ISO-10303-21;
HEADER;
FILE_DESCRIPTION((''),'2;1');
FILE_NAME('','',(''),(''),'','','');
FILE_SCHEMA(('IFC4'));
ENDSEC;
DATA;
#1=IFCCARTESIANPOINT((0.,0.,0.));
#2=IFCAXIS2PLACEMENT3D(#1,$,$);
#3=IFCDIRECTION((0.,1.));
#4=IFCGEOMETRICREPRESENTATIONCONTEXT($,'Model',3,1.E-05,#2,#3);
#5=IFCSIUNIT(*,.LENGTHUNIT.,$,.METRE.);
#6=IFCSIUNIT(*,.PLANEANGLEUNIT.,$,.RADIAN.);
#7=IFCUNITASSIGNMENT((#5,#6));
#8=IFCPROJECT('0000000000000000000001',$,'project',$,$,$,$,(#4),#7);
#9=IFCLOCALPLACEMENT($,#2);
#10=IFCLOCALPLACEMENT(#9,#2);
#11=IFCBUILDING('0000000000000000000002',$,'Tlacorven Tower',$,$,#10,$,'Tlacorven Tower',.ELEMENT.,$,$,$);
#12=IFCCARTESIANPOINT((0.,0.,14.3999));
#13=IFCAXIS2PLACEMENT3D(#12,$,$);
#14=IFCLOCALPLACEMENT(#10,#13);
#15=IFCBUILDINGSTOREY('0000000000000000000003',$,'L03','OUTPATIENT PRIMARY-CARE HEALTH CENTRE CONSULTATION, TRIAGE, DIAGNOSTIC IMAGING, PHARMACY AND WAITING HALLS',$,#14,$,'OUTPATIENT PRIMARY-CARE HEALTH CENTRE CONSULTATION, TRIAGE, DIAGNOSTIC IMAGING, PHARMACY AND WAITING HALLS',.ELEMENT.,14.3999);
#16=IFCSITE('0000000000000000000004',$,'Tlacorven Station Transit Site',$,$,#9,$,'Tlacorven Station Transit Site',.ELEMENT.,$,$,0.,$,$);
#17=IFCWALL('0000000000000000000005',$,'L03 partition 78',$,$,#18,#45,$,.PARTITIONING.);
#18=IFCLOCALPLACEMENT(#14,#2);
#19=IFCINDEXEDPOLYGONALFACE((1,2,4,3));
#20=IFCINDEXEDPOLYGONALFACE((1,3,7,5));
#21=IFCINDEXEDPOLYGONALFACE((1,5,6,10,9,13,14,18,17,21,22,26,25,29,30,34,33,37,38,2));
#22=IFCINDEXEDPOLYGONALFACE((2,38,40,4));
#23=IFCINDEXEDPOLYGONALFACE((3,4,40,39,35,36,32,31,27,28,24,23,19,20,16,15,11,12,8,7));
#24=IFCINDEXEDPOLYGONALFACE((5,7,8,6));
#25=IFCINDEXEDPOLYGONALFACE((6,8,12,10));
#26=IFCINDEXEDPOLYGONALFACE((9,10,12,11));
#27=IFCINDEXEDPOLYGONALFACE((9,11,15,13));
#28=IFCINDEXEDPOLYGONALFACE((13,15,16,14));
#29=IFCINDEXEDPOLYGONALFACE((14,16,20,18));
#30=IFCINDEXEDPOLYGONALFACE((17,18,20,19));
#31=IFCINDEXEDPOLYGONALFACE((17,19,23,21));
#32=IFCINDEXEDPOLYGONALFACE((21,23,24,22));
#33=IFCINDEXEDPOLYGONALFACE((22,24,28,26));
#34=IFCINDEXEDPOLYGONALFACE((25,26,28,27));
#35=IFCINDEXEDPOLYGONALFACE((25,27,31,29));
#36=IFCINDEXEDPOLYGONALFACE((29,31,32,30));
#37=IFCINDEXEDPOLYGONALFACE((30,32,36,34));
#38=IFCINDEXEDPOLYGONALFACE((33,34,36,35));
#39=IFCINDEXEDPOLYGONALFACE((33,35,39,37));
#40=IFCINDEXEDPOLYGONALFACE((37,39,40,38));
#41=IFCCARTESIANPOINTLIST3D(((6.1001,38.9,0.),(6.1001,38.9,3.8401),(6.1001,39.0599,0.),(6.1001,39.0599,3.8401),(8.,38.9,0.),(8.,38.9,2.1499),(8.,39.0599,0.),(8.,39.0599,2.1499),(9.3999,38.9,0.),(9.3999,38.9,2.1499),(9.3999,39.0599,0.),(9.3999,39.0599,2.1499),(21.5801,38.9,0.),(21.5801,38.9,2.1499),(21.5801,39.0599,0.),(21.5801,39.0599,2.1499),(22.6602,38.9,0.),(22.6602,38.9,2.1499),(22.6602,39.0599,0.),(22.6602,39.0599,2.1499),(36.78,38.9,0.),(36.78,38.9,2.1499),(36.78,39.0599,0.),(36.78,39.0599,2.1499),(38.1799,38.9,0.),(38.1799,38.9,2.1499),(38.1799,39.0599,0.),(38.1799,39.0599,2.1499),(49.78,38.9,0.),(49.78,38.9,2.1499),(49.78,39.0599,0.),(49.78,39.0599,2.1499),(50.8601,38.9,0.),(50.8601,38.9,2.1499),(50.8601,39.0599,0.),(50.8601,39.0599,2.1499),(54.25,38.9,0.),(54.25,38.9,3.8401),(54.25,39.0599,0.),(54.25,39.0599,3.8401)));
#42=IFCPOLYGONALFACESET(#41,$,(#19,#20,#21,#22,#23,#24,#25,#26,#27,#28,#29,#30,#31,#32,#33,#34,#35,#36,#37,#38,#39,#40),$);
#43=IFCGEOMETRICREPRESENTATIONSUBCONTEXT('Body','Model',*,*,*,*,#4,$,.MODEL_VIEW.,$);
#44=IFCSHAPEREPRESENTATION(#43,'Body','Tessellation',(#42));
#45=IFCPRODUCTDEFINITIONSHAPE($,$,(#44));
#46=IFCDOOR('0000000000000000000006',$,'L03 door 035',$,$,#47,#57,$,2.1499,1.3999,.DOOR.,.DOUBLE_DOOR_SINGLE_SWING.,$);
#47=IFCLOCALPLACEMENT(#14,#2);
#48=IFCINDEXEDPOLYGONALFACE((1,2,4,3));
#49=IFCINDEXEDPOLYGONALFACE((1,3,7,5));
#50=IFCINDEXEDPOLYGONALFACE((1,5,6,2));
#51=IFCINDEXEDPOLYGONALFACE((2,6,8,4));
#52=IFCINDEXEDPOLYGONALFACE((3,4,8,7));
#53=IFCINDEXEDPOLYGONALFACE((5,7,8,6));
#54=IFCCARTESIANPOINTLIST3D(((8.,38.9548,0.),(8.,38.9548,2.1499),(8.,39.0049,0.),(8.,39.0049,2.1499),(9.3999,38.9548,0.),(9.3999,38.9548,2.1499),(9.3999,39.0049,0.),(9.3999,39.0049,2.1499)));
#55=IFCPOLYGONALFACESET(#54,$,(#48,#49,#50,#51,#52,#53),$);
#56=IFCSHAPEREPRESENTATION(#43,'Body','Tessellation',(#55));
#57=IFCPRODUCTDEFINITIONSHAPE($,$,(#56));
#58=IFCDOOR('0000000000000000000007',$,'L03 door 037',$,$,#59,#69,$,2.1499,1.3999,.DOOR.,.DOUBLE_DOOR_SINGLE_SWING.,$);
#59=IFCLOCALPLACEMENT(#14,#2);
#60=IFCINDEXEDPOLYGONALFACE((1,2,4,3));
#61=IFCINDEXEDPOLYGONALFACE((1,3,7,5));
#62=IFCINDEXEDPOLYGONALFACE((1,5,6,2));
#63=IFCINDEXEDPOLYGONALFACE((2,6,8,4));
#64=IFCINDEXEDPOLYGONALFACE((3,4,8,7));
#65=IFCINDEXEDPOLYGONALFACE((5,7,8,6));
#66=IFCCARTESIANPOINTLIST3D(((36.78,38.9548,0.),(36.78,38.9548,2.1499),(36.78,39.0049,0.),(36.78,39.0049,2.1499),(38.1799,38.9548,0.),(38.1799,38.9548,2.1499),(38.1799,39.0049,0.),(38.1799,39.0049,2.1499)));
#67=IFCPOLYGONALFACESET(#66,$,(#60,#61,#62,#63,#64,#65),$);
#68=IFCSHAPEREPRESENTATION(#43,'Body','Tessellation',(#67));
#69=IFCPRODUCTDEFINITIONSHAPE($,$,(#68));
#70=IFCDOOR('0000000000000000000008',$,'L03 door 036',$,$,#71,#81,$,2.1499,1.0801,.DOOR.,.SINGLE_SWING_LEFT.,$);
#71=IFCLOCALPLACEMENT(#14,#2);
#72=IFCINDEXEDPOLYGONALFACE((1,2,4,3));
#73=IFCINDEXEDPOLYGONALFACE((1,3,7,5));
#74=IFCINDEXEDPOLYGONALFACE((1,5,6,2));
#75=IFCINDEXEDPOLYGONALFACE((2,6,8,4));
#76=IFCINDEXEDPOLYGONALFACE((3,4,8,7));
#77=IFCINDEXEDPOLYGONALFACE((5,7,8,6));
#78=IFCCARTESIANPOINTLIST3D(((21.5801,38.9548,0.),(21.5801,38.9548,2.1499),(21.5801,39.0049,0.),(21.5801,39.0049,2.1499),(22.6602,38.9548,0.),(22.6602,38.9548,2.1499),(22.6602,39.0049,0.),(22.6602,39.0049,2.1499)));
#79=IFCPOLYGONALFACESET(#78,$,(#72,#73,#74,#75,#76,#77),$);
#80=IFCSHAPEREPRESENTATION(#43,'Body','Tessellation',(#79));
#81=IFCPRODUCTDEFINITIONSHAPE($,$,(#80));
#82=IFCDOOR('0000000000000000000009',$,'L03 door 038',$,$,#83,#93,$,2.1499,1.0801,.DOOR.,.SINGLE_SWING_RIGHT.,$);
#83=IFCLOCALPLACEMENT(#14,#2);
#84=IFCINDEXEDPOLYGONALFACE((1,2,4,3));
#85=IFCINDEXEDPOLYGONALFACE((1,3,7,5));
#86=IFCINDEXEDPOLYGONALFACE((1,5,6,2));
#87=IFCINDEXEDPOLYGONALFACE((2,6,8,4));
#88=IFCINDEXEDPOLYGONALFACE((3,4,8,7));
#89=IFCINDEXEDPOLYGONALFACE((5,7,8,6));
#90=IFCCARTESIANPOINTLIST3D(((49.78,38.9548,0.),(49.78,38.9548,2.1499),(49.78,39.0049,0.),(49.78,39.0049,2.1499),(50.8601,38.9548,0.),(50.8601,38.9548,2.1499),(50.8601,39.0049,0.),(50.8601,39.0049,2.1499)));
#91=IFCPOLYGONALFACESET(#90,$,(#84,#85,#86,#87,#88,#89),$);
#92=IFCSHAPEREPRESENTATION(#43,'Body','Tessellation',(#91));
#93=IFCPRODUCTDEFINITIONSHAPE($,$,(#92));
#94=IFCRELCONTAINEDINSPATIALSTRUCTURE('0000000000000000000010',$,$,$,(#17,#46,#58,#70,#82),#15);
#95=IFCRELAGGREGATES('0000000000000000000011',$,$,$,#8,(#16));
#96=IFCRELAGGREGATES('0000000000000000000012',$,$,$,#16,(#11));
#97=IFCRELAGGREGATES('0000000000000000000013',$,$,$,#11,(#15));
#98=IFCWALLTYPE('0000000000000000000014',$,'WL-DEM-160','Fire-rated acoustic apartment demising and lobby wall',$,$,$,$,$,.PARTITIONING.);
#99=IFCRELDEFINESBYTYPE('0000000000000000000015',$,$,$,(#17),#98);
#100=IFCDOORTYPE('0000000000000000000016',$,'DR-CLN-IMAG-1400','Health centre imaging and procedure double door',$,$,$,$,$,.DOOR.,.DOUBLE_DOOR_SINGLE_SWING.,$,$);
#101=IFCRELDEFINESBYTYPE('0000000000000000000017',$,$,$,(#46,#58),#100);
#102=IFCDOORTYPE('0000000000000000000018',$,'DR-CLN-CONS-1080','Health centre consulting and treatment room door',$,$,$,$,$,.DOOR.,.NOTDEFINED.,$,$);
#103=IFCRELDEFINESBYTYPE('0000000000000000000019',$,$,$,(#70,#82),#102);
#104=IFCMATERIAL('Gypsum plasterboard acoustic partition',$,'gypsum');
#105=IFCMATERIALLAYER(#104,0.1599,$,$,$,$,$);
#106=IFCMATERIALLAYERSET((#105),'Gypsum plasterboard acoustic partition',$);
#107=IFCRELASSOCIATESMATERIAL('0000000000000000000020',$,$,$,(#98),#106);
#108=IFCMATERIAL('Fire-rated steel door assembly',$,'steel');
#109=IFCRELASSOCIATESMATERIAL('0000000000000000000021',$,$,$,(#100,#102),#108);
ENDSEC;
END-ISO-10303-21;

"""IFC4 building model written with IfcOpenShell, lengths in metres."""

from ifc_helpers import new_model, si_unit, direction, frame, frame_2d, origin, place, context, subcontext, project, spatial, rectangle, extrude, source, transform, mapped, material, layer, layer_set, type_object, element, fill, save


model = new_model("IFC4")

# Units and contexts
model_context = context("Model", 3, precision=1e-05, world=origin(), true_north=direction((0.0, 1.0)))
body_context = subcontext(model_context, "Body", "Model", "MODEL_VIEW")
ifc_project = project(units=[si_unit("LENGTHUNIT", "METRE"), si_unit("PLANEANGLEUNIT", "RADIAN")], contexts=[model_context])

# Site, building, storey
site_placement = place(None, origin())
site = spatial("IfcSite", under=ifc_project, at=site_placement, Name="Tlacorven Station Transit Site", LongName="Tlacorven Station Transit Site", CompositionType="ELEMENT", RefElevation=0.0)
building_placement = place(site_placement, origin())
building = spatial("IfcBuilding", under=site, at=building_placement, Name="Tlacorven Tower", LongName="Tlacorven Tower", CompositionType="ELEMENT")
storey_placement = place(building_placement, frame((0.0, 0.0, 14.3999)))
storey = spatial("IfcBuildingStorey", under=building, at=storey_placement, Name="L03", Description="OUTPATIENT PRIMARY-CARE HEALTH CENTRE CONSULTATION, TRIAGE, DIAGNOSTIC IMAGING, PHARMACY AND WAITING HALLS", LongName="OUTPATIENT PRIMARY-CARE HEALTH CENTRE CONSULTATION, TRIAGE, DIAGNOSTIC IMAGING, PHARMACY AND WAITING HALLS", CompositionType="ELEMENT", Elevation=14.3999)

# Wall, openings, doors
ifc_material_1 = material(Name="Gypsum plasterboard acoustic partition", Category="gypsum")
ifc_layer = layer(ifc_material_1, 0.1599)
ifc_layer_set = layer_set([ifc_layer], Name="Gypsum plasterboard acoustic partition")
wall_type = type_object("IfcWallType", Name="WL-DEM-160", Description="Fire-rated acoustic apartment demising and lobby wall", PredefinedType="PARTITIONING", material=ifc_layer_set)
wall_placement = place(storey_placement, frame((6.1001, 38.98, 0.0), z_axis=(0.0, 0.0, 1.0), x_axis=(1.0, 0.0, 0.0)))
wall = element("IfcWall", 1, at=wall_placement, inside=storey, type_object=wall_type, Name="L03 partition 78", PredefinedType="PARTITIONING", context=body_context, shape_type="SweptSolid", body=[
    extrude(rectangle(XDim=48.1499, YDim=0.1599, at=frame_2d((24.075, 0.0))), origin(), (0.0, 0.0, 1.0), 3.8401),
])
opening_1_placement = place(wall_placement, frame((1.8999, 0.0, 0.0)))
opening_1 = element("IfcOpeningElement", 2, at=opening_1_placement, cuts=wall, PredefinedType="OPENING", context=body_context, shape_type="SweptSolid", body=[
    extrude(rectangle(XDim=1.3999, YDim=2.1499, at=frame_2d((0.7, 1.075))), frame((0.0, 0.0898, 0.0), z_axis=(0.0, -1.0, 0.0), x_axis=(1.0, 0.0, 0.0)), (0.0, 0.0, 1.0), 0.1799),
])
opening_2_placement = place(wall_placement, frame((15.48, 0.0, 0.0)))
opening_2 = element("IfcOpeningElement", 3, at=opening_2_placement, cuts=wall, PredefinedType="OPENING", context=body_context, shape_type="SweptSolid", body=[
    extrude(rectangle(XDim=1.0801, YDim=2.1499, at=frame_2d((0.54, 1.075))), frame((0.0, 0.0898, 0.0), z_axis=(0.0, -1.0, 0.0), x_axis=(1.0, 0.0, 0.0)), (0.0, 0.0, 1.0), 0.1799),
])
opening_3_placement = place(wall_placement, frame((30.6799, 0.0, 0.0)))
opening_3 = element("IfcOpeningElement", 4, at=opening_3_placement, cuts=wall, PredefinedType="OPENING", context=body_context, shape_type="SweptSolid", body=[
    extrude(rectangle(XDim=1.3999, YDim=2.1499, at=frame_2d((0.7, 1.075))), frame((0.0, 0.0898, 0.0), z_axis=(0.0, -1.0, 0.0), x_axis=(1.0, 0.0, 0.0)), (0.0, 0.0, 1.0), 0.1799),
])
opening_4_placement = place(wall_placement, frame((43.6799, 0.0, 0.0)))
opening_4 = element("IfcOpeningElement", 5, at=opening_4_placement, cuts=wall, PredefinedType="OPENING", context=body_context, shape_type="SweptSolid", body=[
    extrude(rectangle(XDim=1.0801, YDim=2.1499, at=frame_2d((0.54, 1.075))), frame((0.0, 0.0898, 0.0), z_axis=(0.0, -1.0, 0.0), x_axis=(1.0, 0.0, 0.0)), (0.0, 0.0, 1.0), 0.1799),
])
ifc_material_2 = material(Name="Fire-rated steel door assembly", Category="steel")
door_type_1 = type_object("IfcDoorType", Name="DR-CLN-IMAG-1400", Description="Health centre imaging and procedure double door", OperationType="DOUBLE_DOOR_SINGLE_SWING", PredefinedType="DOOR", material=ifc_material_2)
shared_shape_1 = source(origin(), body_context, "Body", "SweptSolid", [
    extrude(rectangle(XDim=1.3999, YDim=2.1499, at=frame_2d((0.7, 1.075))), frame((0.0, 0.0249, 0.0), z_axis=(0.0, -1.0, 0.0), x_axis=(1.0, 0.0, 0.0)), (0.0, 0.0, 1.0), 0.05),
])
door_1_placement = place(opening_1_placement, origin())
door_1 = element("IfcDoor", 6, at=door_1_placement, inside=storey, type_object=door_type_1, Name="L03 door 035", OperationType="DOUBLE_DOOR_SINGLE_SWING", OverallHeight=2.1499, OverallWidth=1.3999, PredefinedType="DOOR", context=body_context, shape_type="MappedRepresentation", body=[
    mapped(shared_shape_1, transform((0.0, 0.0, 0.0), scale=1.0)),
])
fill(opening_1, door_1)
door_2_placement = place(opening_3_placement, origin())
door_2 = element("IfcDoor", 7, at=door_2_placement, inside=storey, type_object=door_type_1, Name="L03 door 037", OperationType="DOUBLE_DOOR_SINGLE_SWING", OverallHeight=2.1499, OverallWidth=1.3999, PredefinedType="DOOR", context=body_context, shape_type="MappedRepresentation", body=[
    mapped(shared_shape_1, transform((0.0, 0.0, 0.0), scale=1.0)),
])
fill(opening_3, door_2)
door_type_2 = type_object("IfcDoorType", Name="DR-CLN-CONS-1080", Description="Health centre consulting and treatment room door", OperationType="NOTDEFINED", PredefinedType="DOOR", material=ifc_material_2)
shared_shape_2 = source(origin(), body_context, "Body", "SweptSolid", [
    extrude(rectangle(XDim=1.0801, YDim=2.1499, at=frame_2d((0.54, 1.075))), frame((0.0, 0.0249, 0.0), z_axis=(0.0, -1.0, 0.0), x_axis=(1.0, 0.0, 0.0)), (0.0, 0.0, 1.0), 0.05),
])
door_3_placement = place(opening_2_placement, origin())
door_3 = element("IfcDoor", 8, at=door_3_placement, inside=storey, type_object=door_type_2, Name="L03 door 036", OperationType="SINGLE_SWING_LEFT", OverallHeight=2.1499, OverallWidth=1.0801, PredefinedType="DOOR", context=body_context, shape_type="MappedRepresentation", body=[
    mapped(shared_shape_2, transform((0.0, 0.0, 0.0), scale=1.0)),
])
fill(opening_2, door_3)
door_4_placement = place(opening_4_placement, origin())
door_4 = element("IfcDoor", 9, at=door_4_placement, inside=storey, type_object=door_type_2, Name="L03 door 038", OperationType="SINGLE_SWING_RIGHT", OverallHeight=2.1499, OverallWidth=1.0801, PredefinedType="DOOR", context=body_context, shape_type="MappedRepresentation", body=[
    mapped(shared_shape_2, transform((0.0, 0.0, 0.0), scale=1.0)),
])
fill(opening_4, door_4)

save(model, "model.ifc")
